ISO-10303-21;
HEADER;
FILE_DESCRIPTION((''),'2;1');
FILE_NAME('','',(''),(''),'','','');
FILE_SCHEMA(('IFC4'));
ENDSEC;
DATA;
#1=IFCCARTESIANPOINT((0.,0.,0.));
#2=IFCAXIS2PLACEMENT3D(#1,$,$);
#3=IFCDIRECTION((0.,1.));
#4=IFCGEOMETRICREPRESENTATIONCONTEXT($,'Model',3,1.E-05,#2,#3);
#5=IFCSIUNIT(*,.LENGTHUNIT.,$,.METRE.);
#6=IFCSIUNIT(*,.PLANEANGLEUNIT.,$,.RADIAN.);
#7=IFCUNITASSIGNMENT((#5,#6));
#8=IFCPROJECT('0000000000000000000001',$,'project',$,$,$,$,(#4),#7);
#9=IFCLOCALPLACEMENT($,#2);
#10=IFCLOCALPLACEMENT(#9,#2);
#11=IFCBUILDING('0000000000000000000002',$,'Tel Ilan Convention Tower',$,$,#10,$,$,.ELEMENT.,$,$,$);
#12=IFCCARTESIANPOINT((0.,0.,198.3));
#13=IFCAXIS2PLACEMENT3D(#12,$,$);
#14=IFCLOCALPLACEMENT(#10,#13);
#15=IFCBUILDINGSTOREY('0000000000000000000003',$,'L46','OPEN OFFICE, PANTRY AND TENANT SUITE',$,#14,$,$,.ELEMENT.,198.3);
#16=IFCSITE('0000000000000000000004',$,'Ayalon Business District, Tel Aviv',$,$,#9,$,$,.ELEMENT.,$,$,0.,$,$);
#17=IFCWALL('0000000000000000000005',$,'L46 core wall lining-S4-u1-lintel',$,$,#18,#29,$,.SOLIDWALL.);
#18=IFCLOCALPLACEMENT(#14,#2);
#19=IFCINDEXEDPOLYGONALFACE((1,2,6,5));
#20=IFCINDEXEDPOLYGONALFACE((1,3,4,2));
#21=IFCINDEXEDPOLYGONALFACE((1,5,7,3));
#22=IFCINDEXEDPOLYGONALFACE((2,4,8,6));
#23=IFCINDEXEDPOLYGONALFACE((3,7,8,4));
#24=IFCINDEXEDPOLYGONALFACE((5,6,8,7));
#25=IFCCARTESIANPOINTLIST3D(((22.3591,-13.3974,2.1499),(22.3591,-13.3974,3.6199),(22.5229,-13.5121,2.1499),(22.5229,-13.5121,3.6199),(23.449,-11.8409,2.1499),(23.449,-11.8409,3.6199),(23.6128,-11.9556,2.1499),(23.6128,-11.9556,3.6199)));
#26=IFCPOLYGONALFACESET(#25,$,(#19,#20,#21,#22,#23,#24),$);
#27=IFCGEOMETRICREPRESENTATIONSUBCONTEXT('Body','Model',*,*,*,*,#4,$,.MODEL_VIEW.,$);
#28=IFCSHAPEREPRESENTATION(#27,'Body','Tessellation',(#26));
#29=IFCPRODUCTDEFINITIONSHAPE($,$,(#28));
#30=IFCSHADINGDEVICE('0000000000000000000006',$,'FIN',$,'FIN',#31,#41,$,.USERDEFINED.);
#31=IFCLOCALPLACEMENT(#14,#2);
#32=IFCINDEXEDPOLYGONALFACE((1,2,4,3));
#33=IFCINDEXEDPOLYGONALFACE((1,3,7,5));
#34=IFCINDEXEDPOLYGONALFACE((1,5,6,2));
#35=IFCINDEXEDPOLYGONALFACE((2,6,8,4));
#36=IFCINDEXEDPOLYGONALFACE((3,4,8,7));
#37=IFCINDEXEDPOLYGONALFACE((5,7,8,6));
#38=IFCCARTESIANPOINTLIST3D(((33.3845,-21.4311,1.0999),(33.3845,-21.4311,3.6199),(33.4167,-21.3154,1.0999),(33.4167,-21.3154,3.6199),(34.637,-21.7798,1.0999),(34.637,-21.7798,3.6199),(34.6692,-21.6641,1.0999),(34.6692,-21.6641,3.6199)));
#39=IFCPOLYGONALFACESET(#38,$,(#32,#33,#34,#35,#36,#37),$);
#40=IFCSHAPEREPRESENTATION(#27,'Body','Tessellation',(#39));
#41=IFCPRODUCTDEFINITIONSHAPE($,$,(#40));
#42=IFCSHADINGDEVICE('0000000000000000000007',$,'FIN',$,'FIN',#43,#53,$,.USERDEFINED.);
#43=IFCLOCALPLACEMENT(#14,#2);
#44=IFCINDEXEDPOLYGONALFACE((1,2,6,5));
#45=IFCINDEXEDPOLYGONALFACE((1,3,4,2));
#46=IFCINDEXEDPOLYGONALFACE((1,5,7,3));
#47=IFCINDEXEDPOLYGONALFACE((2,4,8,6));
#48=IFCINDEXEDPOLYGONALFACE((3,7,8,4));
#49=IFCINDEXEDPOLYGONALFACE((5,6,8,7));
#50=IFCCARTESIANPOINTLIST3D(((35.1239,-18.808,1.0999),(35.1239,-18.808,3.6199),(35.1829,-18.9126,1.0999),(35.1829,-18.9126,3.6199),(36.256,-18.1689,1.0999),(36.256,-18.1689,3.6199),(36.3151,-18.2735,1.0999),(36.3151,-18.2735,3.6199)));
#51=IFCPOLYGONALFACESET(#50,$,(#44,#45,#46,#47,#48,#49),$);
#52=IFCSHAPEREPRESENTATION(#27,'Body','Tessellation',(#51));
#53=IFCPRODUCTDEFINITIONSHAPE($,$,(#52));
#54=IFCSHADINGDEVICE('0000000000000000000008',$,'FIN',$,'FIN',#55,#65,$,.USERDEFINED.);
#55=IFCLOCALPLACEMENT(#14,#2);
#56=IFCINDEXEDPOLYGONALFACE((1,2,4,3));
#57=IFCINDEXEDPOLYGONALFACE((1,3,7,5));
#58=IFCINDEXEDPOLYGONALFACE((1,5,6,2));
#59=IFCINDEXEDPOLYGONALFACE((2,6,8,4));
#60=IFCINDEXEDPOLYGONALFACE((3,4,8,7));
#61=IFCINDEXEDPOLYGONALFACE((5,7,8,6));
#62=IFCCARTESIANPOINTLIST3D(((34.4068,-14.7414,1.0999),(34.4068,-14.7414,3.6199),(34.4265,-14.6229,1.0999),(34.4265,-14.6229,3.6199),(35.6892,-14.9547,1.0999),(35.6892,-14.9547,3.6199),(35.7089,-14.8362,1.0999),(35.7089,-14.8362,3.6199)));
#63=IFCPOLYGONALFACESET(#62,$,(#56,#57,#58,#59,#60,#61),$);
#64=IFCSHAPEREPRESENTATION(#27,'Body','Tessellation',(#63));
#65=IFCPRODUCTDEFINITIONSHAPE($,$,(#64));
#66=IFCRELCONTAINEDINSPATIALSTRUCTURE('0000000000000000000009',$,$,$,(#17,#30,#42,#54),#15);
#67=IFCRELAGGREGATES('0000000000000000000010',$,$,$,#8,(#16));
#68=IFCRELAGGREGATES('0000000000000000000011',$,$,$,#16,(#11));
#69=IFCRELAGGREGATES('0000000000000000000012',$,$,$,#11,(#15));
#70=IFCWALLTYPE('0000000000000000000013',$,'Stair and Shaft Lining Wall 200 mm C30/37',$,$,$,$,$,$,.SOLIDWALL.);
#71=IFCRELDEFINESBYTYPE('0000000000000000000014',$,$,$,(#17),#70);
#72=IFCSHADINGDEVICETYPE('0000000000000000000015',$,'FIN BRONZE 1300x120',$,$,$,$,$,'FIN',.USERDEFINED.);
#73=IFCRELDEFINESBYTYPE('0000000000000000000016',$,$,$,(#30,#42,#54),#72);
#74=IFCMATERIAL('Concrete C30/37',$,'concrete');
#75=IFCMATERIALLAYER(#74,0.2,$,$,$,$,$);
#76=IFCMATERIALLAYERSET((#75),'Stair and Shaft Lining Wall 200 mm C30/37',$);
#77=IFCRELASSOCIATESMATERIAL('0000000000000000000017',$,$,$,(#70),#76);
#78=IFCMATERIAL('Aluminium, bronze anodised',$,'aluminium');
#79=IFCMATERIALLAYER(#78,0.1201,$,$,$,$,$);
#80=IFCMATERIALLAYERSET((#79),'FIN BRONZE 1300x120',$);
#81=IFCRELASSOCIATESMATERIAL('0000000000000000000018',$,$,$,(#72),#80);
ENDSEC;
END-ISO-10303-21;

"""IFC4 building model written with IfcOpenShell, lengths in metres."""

from ifc_helpers import new_model, si_unit, direction, frame, frame_2d, origin, origin_2d, place, context, subcontext, project, spatial, rectangle, extrude, material, layer, layer_set, type_object, element, save


model = new_model("IFC4")

# Units and contexts
model_context = context("Model", 3, precision=1e-05, world=origin(), true_north=direction((0.0, 1.0)))
body_context = subcontext(model_context, "Body", "Model", "MODEL_VIEW")
ifc_project = project(units=[si_unit("LENGTHUNIT", "METRE"), si_unit("PLANEANGLEUNIT", "RADIAN")], contexts=[model_context])

# Site, building, storey
site_placement = place(None, origin())
site = spatial("IfcSite", under=ifc_project, at=site_placement, Name="Ayalon Business District, Tel Aviv", CompositionType="ELEMENT", RefElevation=0.0)
building_placement = place(site_placement, origin())
building = spatial("IfcBuilding", under=site, at=building_placement, Name="Tel Ilan Convention Tower", CompositionType="ELEMENT")
storey_placement = place(building_placement, frame((0.0, 0.0, 198.3)))
storey = spatial("IfcBuildingStorey", under=building, at=storey_placement, Name="L46", Description="OPEN OFFICE, PANTRY AND TENANT SUITE", CompositionType="ELEMENT", Elevation=198.3)

# Wall
ifc_material_1 = material(Name="Concrete C30/37", Category="concrete")
ifc_layer_1 = layer(ifc_material_1, 0.2)
ifc_layer_set_1 = layer_set([ifc_layer_1], Name="Stair and Shaft Lining Wall 200 mm C30/37")
wall_type_1 = type_object("IfcWallType", Name="Stair and Shaft Lining Wall 200 mm C30/37", PredefinedType="SOLIDWALL", material=ifc_layer_set_1)
wall_1_placement = place(storey_placement, frame((22.4409, -13.4548, 2.1499), z_axis=(0.0, 0.0, 1.0), x_axis=(0.573592, 0.819141, 0.0)))
element("IfcWall", 1, at=wall_1_placement, inside=storey, type_object=wall_type_1, Name="L46 core wall lining-S4-u1-lintel", PredefinedType="SOLIDWALL", context=body_context, shape_type="SweptSolid", body=[
    extrude(rectangle(XDim=1.9001, YDim=0.2, at=frame_2d((0.9502, 0.0))), origin(), (0.0, 0.0, 1.0), 1.47),
])

# Shading devices
ifc_material_2 = material(Name="Aluminium, bronze anodised", Category="aluminium")
ifc_layer_2 = layer(ifc_material_2, 0.1201)
ifc_layer_set_2 = layer_set([ifc_layer_2], Name="FIN BRONZE 1300x120")
shading_device_type = type_object("IfcShadingDeviceType", Name="FIN BRONZE 1300x120", ElementType="FIN", PredefinedType="USERDEFINED", material=ifc_layer_set_2)
for number, where, z_axis, x_axis, name in (
    (2, (34.0269, -21.5476, 1.0999), (0.0, 0.0, 1.0), (0.963371, -0.268173, 0.0), "FIN"),
    (3, (35.7195, -18.5408, 1.0999), (0.0, 0.0, 1.0), (0.870833, 0.491579, 0.0), "FIN"),
    (4, (35.0579, -14.7888, 1.0999), (0.0, 0.0, 1.0), (0.986445, -0.164091, 0.0), "FIN"),
):
    element("IfcShadingDevice", number, at=place(storey_placement, frame(where, z_axis=z_axis, x_axis=x_axis)), inside=storey, type_object=shading_device_type, Name=name, ObjectType="FIN", PredefinedType="USERDEFINED", context=body_context, shape_type="SweptSolid", body=[
        extrude(rectangle(XDim=1.3, YDim=0.1201, at=origin_2d()), origin(), (0.0, 0.0, 1.0), 2.52),
    ])

save(model, "model.ifc")
